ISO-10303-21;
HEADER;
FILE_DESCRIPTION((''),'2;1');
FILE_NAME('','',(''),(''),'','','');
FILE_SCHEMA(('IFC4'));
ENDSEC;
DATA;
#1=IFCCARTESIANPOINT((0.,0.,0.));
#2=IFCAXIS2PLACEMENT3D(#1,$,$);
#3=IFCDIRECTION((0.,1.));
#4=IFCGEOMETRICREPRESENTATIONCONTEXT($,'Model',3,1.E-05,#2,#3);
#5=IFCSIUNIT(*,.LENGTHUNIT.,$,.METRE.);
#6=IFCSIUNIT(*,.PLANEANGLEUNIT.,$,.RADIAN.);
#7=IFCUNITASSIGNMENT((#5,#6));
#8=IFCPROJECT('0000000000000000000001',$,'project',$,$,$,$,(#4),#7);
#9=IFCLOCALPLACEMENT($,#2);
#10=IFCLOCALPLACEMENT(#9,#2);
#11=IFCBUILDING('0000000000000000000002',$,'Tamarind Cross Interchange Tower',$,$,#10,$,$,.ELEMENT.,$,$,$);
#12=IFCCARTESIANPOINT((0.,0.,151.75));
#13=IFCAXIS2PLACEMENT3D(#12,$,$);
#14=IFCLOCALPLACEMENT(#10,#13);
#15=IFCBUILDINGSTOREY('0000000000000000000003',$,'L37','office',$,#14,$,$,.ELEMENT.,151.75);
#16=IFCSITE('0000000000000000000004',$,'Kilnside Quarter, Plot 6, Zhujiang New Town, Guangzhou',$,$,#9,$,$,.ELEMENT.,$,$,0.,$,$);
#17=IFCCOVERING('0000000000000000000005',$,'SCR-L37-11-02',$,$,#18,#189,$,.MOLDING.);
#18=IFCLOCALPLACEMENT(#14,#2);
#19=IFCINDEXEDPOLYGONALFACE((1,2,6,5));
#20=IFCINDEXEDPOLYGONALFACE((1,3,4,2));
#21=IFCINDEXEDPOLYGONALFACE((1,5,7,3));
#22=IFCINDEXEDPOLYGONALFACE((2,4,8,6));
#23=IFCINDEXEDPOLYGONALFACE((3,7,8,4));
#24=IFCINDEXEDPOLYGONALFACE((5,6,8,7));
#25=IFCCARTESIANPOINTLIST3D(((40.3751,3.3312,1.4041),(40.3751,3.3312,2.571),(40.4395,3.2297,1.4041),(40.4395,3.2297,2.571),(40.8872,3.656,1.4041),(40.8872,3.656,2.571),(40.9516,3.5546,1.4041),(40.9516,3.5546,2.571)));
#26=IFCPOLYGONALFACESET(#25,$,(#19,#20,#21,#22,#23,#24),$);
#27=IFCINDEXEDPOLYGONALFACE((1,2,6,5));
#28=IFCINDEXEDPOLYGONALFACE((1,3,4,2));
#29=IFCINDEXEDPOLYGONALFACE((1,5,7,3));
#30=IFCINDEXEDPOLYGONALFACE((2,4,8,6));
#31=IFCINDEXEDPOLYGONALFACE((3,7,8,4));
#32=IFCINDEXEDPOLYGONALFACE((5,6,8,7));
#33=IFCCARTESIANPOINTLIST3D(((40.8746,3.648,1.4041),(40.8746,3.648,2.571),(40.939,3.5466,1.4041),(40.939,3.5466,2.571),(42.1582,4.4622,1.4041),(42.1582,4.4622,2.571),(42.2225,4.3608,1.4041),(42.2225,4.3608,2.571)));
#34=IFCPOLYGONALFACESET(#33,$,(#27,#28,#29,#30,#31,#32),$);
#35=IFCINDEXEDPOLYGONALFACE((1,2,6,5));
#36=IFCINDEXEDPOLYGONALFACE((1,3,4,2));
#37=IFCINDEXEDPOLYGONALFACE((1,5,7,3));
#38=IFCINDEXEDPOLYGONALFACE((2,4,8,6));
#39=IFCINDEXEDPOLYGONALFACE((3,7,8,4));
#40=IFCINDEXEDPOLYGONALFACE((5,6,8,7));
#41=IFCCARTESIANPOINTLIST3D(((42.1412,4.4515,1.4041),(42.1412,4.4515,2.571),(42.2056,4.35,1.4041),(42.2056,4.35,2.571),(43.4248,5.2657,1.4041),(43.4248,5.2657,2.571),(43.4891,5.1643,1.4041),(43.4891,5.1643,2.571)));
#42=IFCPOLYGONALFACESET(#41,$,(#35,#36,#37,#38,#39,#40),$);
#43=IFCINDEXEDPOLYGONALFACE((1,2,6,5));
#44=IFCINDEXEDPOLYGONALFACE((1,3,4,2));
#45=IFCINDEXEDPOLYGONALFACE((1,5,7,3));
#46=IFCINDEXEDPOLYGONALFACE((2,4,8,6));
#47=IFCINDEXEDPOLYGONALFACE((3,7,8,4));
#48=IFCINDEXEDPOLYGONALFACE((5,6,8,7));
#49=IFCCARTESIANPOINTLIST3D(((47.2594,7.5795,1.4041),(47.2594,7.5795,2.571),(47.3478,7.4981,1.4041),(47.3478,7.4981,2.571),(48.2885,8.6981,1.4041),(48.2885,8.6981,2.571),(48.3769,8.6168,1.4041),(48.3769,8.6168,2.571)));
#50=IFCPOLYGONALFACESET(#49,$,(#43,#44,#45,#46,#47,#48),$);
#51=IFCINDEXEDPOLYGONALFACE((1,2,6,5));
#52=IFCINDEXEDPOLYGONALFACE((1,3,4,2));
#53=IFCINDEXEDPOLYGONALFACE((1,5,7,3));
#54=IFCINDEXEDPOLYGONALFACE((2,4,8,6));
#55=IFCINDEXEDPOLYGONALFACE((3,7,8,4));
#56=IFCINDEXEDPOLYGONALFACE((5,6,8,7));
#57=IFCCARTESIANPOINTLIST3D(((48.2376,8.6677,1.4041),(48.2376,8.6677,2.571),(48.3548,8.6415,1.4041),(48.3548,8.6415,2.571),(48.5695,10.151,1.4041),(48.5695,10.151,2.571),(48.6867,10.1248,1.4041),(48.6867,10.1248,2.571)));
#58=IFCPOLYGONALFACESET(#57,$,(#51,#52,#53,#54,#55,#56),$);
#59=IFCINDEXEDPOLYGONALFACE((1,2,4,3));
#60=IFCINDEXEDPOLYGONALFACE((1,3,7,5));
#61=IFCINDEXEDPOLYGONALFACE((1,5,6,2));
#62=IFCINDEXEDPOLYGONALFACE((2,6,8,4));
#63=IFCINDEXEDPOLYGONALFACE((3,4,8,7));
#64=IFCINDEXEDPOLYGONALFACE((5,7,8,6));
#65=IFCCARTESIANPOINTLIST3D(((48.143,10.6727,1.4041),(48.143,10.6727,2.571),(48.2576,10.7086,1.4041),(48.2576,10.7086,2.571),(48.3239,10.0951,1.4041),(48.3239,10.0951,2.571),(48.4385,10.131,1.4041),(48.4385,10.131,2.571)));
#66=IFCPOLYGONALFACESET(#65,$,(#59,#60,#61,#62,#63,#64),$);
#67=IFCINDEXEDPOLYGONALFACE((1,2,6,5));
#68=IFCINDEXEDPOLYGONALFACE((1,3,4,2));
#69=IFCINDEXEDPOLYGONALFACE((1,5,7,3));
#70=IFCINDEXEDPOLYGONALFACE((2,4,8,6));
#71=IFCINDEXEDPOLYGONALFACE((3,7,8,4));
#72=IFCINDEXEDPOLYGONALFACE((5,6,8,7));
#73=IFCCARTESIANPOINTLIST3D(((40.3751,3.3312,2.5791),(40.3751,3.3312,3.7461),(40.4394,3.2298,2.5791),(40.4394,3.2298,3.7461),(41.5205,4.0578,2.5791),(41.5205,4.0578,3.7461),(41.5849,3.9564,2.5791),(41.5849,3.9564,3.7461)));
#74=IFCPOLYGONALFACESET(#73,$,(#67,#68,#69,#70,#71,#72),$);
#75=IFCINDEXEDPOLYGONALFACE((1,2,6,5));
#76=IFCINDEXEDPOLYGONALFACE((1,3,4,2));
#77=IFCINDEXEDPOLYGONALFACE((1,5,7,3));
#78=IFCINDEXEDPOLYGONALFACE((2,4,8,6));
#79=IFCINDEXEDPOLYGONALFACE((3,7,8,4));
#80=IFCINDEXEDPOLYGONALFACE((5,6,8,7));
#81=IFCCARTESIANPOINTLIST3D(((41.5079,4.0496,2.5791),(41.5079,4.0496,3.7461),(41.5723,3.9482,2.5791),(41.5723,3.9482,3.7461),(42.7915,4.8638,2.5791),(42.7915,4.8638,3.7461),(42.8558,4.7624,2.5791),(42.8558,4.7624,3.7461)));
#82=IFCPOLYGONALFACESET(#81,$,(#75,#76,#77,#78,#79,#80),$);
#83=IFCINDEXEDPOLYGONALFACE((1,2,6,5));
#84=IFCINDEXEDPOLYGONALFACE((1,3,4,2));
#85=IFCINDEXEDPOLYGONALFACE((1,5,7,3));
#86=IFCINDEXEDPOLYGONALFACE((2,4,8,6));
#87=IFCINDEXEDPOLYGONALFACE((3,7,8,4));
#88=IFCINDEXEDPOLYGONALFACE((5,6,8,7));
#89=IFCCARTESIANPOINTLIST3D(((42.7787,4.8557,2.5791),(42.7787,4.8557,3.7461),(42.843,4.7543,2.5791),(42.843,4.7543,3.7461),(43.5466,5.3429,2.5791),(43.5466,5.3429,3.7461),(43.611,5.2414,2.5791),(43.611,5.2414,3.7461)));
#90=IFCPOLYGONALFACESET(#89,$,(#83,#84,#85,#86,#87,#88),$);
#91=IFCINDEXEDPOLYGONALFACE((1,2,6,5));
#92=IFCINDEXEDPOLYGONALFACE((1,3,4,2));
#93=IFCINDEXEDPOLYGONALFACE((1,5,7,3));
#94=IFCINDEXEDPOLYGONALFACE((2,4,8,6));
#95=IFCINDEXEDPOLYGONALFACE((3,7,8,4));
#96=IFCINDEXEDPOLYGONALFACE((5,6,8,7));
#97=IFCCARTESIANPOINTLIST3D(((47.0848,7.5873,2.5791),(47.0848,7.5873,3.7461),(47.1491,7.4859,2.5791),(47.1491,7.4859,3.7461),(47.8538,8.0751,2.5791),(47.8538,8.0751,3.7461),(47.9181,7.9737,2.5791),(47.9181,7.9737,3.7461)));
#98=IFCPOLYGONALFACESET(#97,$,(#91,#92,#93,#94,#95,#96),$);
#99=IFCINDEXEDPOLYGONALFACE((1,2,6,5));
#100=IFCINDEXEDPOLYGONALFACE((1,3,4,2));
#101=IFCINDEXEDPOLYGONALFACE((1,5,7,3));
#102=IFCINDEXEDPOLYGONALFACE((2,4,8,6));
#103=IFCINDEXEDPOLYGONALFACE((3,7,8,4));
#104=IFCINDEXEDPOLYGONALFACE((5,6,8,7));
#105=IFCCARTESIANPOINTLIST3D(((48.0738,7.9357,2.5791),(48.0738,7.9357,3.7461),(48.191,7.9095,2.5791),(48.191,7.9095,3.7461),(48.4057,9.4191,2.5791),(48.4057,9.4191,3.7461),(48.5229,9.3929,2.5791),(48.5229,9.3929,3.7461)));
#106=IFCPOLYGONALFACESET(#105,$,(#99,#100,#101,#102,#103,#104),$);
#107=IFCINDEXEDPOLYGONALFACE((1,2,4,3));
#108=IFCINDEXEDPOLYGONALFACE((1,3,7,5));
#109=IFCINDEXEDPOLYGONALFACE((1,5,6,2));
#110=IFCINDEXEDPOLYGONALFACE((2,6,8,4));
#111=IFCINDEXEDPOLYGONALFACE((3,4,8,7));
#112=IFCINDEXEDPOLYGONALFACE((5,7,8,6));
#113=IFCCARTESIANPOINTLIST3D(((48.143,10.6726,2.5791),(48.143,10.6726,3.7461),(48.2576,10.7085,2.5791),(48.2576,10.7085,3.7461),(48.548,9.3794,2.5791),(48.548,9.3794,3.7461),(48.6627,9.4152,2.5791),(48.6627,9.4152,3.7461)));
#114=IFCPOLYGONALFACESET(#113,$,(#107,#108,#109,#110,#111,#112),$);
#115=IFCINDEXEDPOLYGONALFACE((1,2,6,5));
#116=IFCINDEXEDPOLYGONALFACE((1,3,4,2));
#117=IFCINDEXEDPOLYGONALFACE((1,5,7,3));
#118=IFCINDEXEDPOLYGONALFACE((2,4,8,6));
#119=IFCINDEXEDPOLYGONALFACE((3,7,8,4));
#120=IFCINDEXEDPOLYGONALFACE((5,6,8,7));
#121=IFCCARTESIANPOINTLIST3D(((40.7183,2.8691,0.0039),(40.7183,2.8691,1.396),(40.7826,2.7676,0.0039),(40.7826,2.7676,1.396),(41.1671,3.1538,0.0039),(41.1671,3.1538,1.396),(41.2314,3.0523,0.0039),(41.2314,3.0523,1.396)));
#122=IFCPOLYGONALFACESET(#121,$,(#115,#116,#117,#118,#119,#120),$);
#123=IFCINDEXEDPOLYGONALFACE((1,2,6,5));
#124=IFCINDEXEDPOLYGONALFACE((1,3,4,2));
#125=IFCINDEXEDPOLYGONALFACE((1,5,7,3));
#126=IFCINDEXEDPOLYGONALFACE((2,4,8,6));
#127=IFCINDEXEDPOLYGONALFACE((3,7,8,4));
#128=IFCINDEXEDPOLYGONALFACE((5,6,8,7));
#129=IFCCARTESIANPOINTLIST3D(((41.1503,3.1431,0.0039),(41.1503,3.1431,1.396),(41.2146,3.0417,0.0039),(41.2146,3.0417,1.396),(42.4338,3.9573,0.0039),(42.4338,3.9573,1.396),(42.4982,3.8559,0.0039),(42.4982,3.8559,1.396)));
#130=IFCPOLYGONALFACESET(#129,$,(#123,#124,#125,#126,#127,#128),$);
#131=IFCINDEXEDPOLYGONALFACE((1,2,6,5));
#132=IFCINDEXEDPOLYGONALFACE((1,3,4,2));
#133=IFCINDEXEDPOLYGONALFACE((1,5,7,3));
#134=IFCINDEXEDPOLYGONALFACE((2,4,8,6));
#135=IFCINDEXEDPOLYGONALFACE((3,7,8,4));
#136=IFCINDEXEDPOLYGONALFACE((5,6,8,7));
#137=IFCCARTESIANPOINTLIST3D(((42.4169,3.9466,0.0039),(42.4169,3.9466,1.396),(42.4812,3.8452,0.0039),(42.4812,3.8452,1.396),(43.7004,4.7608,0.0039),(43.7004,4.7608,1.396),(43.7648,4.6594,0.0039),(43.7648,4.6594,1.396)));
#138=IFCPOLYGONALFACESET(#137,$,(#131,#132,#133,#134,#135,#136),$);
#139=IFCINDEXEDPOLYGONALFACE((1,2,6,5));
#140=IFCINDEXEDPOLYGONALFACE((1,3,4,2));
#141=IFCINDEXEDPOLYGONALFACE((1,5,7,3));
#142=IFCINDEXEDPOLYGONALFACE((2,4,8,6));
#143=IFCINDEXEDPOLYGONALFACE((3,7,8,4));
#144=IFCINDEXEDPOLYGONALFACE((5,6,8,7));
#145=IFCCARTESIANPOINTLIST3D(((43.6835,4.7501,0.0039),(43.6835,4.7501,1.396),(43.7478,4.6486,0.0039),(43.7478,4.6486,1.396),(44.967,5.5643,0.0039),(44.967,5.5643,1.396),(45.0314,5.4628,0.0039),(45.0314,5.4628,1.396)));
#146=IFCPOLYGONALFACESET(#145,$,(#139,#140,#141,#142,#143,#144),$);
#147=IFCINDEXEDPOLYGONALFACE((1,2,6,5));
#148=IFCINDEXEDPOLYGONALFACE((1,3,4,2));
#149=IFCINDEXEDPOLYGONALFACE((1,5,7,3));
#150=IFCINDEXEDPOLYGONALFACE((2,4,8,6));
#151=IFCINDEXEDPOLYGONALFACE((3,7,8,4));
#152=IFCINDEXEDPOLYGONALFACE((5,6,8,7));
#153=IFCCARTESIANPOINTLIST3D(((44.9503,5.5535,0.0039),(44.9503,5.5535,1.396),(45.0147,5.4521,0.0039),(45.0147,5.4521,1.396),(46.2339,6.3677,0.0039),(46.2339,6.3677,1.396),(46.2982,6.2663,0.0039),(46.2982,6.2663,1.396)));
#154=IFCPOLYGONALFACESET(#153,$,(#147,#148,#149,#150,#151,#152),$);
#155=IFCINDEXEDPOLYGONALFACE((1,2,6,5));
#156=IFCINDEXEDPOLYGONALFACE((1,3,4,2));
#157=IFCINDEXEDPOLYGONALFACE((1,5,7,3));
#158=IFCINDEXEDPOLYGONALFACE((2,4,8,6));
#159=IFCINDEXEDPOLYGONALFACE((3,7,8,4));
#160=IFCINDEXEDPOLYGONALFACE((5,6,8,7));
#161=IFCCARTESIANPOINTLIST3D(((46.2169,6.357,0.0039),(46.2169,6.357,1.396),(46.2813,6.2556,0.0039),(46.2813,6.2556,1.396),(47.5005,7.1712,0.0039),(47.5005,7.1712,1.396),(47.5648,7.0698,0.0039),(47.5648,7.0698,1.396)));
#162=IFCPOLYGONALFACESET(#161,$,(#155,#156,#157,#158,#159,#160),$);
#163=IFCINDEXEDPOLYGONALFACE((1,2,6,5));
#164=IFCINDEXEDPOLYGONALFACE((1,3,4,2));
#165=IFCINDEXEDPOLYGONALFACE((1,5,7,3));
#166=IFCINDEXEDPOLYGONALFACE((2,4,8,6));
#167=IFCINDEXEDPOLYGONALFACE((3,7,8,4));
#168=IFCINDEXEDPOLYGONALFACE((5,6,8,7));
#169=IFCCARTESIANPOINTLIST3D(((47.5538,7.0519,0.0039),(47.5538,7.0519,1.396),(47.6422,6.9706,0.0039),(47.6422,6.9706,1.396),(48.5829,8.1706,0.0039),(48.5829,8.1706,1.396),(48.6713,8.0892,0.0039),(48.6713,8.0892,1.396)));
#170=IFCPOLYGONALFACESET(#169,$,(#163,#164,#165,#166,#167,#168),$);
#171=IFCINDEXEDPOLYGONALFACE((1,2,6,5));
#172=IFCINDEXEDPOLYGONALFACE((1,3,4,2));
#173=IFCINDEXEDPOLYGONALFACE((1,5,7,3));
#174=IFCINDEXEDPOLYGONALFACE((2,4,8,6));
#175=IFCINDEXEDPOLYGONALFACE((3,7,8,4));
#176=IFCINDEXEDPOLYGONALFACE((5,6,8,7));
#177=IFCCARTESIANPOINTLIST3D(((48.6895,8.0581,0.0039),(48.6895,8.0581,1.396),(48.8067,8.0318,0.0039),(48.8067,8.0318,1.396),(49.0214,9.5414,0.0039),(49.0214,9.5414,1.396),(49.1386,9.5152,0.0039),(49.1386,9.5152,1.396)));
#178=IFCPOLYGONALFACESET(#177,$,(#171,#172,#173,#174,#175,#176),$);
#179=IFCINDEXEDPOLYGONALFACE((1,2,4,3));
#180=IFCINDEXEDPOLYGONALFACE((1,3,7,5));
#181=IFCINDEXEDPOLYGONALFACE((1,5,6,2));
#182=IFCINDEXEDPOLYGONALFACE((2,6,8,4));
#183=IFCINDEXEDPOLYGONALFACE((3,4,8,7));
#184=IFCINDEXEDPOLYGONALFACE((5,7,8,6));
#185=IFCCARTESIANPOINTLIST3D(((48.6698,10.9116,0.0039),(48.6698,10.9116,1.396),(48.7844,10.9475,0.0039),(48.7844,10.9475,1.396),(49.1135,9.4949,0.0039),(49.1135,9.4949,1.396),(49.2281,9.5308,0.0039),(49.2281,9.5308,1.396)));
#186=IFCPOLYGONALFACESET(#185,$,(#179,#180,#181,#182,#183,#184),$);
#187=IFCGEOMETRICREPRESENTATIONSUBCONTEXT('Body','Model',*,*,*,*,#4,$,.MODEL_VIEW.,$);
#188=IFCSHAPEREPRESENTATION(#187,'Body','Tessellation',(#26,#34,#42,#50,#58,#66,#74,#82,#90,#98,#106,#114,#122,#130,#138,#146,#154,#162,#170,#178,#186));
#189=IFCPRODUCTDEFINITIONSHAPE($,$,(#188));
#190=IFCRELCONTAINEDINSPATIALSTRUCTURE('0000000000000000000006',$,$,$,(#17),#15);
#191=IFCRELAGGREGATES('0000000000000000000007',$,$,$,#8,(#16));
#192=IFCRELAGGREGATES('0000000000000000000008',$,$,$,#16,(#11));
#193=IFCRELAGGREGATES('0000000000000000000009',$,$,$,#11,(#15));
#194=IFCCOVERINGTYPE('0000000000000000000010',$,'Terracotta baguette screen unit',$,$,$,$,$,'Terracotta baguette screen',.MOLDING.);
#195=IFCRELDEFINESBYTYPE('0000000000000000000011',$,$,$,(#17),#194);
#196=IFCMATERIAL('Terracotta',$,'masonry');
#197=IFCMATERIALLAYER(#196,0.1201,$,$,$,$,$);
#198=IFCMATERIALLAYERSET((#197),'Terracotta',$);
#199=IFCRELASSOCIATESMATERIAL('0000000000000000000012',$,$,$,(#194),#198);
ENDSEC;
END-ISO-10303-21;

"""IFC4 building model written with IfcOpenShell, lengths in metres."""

from ifc_helpers import new_model, si_unit, direction, frame, origin, origin_2d, place, context, subcontext, project, spatial, rectangle, extrude, material, layer, layer_set, type_object, element, save


model = new_model("IFC4")

# Units and contexts
model_context = context("Model", 3, precision=1e-05, world=origin(), true_north=direction((0.0, 1.0)))
body_context = subcontext(model_context, "Body", "Model", "MODEL_VIEW")
ifc_project = project(units=[si_unit("LENGTHUNIT", "METRE"), si_unit("PLANEANGLEUNIT", "RADIAN")], contexts=[model_context])

# Site, building, storey
site_placement = place(None, origin())
site = spatial("IfcSite", under=ifc_project, at=site_placement, Name="Kilnside Quarter, Plot 6, Zhujiang New Town, Guangzhou", CompositionType="ELEMENT", RefElevation=0.0)
building_placement = place(site_placement, origin())
building = spatial("IfcBuilding", under=site, at=building_placement, Name="Tamarind Cross Interchange Tower", CompositionType="ELEMENT")
storey_placement = place(building_placement, frame((0.0, 0.0, 151.75)))
storey = spatial("IfcBuildingStorey", under=building, at=storey_placement, Name="L37", Description="office", CompositionType="ELEMENT", Elevation=151.75)

# Covering
ifc_material_1 = material(Name="Terracotta", Category="masonry")
ifc_layer_1 = layer(ifc_material_1, 0.1201)
ifc_layer_set_1 = layer_set([ifc_layer_1], Name="Terracotta")
covering_type = type_object("IfcCoveringType", Name="Terracotta baguette screen unit", ElementType="Terracotta baguette screen", PredefinedType="MOLDING", material=ifc_layer_set_1)
covering_1_placement = place(storey_placement, origin())
element("IfcCovering", 1, at=covering_1_placement, inside=storey, type_object=covering_type, Name="SCR-L37-11-02", PredefinedType="MOLDING", context=body_context, shape_type="SweptSolid", body=[
    extrude(rectangle(XDim=0.6064, YDim=0.1201, at=origin_2d()), frame((40.6633, 3.4429, 1.4041), z_axis=(0.0, 0.0, 1.0), x_axis=(0.844433, 0.535662, 0.0)), (0.0, 0.0, 1.0), 1.167),
    extrude(rectangle(XDim=1.52, YDim=0.1201, at=origin_2d()), frame((41.5486, 4.0044, 1.4041), z_axis=(0.0, 0.0, 1.0), x_axis=(0.844433, 0.535662, 0.0)), (0.0, 0.0, 1.0), 1.167),
    extrude(rectangle(XDim=1.52, YDim=0.1201, at=origin_2d()), frame((42.8152, 4.8079, 1.4041), z_axis=(0.0, 0.0, 1.0), x_axis=(0.844433, 0.535662, 0.0)), (0.0, 0.0, 1.0), 1.167),
    extrude(rectangle(XDim=1.52, YDim=0.1201, at=origin_2d()), frame((47.8181, 8.0981, 1.4041), z_axis=(0.0, 0.0, 1.0), x_axis=(0.67702, 0.735965, 0.0)), (0.0, 0.0, 1.0), 1.167),
    extrude(rectangle(XDim=1.52, YDim=0.1201, at=origin_2d()), frame((48.4622, 9.3962, 1.4041), z_axis=(0.0, 0.0, 1.0), x_axis=(0.218334, 0.975874, 0.0)), (0.0, 0.0, 1.0), 1.167),
    extrude(rectangle(XDim=0.6052, YDim=0.1201, at=origin_2d()), frame((48.2908, 10.4019, 1.4041), z_axis=(0.0, 0.0, 1.0), x_axis=(-0.298854, 0.954299, 0.0)), (0.0, 0.0, 1.0), 1.167),
    extrude(rectangle(XDim=1.3564, YDim=0.1201, at=origin_2d()), frame((40.98, 3.6438, 2.5791), z_axis=(0.0, 0.0, 1.0), x_axis=(0.844433, 0.535662, 0.0)), (0.0, 0.0, 1.0), 1.167),
    extrude(rectangle(XDim=1.52, YDim=0.1201, at=origin_2d()), frame((42.1819, 4.406, 2.5791), z_axis=(0.0, 0.0, 1.0), x_axis=(0.844433, 0.535662, 0.0)), (0.0, 0.0, 1.0), 1.167),
    extrude(rectangle(XDim=0.9094, YDim=0.1201, at=origin_2d()), frame((43.1948, 5.0486, 2.5791), z_axis=(0.0, 0.0, 1.0), x_axis=(0.844433, 0.535662, 0.0)), (0.0, 0.0, 1.0), 1.167),
    extrude(rectangle(XDim=0.9106, YDim=0.1201, at=origin_2d()), frame((47.5015, 7.7805, 2.5791), z_axis=(0.0, 0.0, 1.0), x_axis=(0.844433, 0.535662, 0.0)), (0.0, 0.0, 1.0), 1.167),
    extrude(rectangle(XDim=1.52, YDim=0.1201, at=origin_2d()), frame((48.2983, 8.6643, 2.5791), z_axis=(0.0, 0.0, 1.0), x_axis=(0.218334, 0.975874, 0.0)), (0.0, 0.0, 1.0), 1.167),
    extrude(rectangle(XDim=1.3552, YDim=0.1201, at=origin_2d()), frame((48.4028, 10.0439, 2.5791), z_axis=(0.0, 0.0, 1.0), x_axis=(-0.298854, 0.954299, 0.0)), (0.0, 0.0, 1.0), 1.167),
    extrude(rectangle(XDim=0.5315, YDim=0.1201, at=origin_2d()), frame((40.9749, 2.9607, 0.0039), z_axis=(0.0, 0.0, 1.0), x_axis=(0.844433, 0.535662, 0.0)), (0.0, 0.0, 1.0), 1.3921),
    extrude(rectangle(XDim=1.52, YDim=0.1201, at=origin_2d()), frame((41.8242, 3.4995, 0.0039), z_axis=(0.0, 0.0, 1.0), x_axis=(0.844433, 0.535662, 0.0)), (0.0, 0.0, 1.0), 1.3921),
    extrude(rectangle(XDim=1.52, YDim=0.1201, at=origin_2d()), frame((43.0908, 4.303, 0.0039), z_axis=(0.0, 0.0, 1.0), x_axis=(0.844433, 0.535662, 0.0)), (0.0, 0.0, 1.0), 1.3921),
    extrude(rectangle(XDim=1.52, YDim=0.1201, at=origin_2d()), frame((44.3574, 5.1064, 0.0039), z_axis=(0.0, 0.0, 1.0), x_axis=(0.844433, 0.535662, 0.0)), (0.0, 0.0, 1.0), 1.3921),
    extrude(rectangle(XDim=1.52, YDim=0.1201, at=origin_2d()), frame((45.6243, 5.9099, 0.0039), z_axis=(0.0, 0.0, 1.0), x_axis=(0.844433, 0.535662, 0.0)), (0.0, 0.0, 1.0), 1.3921),
    extrude(rectangle(XDim=1.52, YDim=0.1201, at=origin_2d()), frame((46.8909, 6.7134, 0.0039), z_axis=(0.0, 0.0, 1.0), x_axis=(0.844433, 0.535662, 0.0)), (0.0, 0.0, 1.0), 1.3921),
    extrude(rectangle(XDim=1.52, YDim=0.1201, at=origin_2d()), frame((48.1125, 7.5706, 0.0039), z_axis=(0.0, 0.0, 1.0), x_axis=(0.67702, 0.735965, 0.0)), (0.0, 0.0, 1.0), 1.3921),
    extrude(rectangle(XDim=1.52, YDim=0.1201, at=origin_2d()), frame((48.9141, 8.7866, 0.0039), z_axis=(0.0, 0.0, 1.0), x_axis=(0.218334, 0.975874, 0.0)), (0.0, 0.0, 1.0), 1.3921),
    extrude(rectangle(XDim=1.4846, YDim=0.1201, at=origin_2d()), frame((48.949, 10.2212, 0.0039), z_axis=(0.0, 0.0, 1.0), x_axis=(-0.298854, 0.954299, 0.0)), (0.0, 0.0, 1.0), 1.3921),
])

save(model, "model.ifc")
